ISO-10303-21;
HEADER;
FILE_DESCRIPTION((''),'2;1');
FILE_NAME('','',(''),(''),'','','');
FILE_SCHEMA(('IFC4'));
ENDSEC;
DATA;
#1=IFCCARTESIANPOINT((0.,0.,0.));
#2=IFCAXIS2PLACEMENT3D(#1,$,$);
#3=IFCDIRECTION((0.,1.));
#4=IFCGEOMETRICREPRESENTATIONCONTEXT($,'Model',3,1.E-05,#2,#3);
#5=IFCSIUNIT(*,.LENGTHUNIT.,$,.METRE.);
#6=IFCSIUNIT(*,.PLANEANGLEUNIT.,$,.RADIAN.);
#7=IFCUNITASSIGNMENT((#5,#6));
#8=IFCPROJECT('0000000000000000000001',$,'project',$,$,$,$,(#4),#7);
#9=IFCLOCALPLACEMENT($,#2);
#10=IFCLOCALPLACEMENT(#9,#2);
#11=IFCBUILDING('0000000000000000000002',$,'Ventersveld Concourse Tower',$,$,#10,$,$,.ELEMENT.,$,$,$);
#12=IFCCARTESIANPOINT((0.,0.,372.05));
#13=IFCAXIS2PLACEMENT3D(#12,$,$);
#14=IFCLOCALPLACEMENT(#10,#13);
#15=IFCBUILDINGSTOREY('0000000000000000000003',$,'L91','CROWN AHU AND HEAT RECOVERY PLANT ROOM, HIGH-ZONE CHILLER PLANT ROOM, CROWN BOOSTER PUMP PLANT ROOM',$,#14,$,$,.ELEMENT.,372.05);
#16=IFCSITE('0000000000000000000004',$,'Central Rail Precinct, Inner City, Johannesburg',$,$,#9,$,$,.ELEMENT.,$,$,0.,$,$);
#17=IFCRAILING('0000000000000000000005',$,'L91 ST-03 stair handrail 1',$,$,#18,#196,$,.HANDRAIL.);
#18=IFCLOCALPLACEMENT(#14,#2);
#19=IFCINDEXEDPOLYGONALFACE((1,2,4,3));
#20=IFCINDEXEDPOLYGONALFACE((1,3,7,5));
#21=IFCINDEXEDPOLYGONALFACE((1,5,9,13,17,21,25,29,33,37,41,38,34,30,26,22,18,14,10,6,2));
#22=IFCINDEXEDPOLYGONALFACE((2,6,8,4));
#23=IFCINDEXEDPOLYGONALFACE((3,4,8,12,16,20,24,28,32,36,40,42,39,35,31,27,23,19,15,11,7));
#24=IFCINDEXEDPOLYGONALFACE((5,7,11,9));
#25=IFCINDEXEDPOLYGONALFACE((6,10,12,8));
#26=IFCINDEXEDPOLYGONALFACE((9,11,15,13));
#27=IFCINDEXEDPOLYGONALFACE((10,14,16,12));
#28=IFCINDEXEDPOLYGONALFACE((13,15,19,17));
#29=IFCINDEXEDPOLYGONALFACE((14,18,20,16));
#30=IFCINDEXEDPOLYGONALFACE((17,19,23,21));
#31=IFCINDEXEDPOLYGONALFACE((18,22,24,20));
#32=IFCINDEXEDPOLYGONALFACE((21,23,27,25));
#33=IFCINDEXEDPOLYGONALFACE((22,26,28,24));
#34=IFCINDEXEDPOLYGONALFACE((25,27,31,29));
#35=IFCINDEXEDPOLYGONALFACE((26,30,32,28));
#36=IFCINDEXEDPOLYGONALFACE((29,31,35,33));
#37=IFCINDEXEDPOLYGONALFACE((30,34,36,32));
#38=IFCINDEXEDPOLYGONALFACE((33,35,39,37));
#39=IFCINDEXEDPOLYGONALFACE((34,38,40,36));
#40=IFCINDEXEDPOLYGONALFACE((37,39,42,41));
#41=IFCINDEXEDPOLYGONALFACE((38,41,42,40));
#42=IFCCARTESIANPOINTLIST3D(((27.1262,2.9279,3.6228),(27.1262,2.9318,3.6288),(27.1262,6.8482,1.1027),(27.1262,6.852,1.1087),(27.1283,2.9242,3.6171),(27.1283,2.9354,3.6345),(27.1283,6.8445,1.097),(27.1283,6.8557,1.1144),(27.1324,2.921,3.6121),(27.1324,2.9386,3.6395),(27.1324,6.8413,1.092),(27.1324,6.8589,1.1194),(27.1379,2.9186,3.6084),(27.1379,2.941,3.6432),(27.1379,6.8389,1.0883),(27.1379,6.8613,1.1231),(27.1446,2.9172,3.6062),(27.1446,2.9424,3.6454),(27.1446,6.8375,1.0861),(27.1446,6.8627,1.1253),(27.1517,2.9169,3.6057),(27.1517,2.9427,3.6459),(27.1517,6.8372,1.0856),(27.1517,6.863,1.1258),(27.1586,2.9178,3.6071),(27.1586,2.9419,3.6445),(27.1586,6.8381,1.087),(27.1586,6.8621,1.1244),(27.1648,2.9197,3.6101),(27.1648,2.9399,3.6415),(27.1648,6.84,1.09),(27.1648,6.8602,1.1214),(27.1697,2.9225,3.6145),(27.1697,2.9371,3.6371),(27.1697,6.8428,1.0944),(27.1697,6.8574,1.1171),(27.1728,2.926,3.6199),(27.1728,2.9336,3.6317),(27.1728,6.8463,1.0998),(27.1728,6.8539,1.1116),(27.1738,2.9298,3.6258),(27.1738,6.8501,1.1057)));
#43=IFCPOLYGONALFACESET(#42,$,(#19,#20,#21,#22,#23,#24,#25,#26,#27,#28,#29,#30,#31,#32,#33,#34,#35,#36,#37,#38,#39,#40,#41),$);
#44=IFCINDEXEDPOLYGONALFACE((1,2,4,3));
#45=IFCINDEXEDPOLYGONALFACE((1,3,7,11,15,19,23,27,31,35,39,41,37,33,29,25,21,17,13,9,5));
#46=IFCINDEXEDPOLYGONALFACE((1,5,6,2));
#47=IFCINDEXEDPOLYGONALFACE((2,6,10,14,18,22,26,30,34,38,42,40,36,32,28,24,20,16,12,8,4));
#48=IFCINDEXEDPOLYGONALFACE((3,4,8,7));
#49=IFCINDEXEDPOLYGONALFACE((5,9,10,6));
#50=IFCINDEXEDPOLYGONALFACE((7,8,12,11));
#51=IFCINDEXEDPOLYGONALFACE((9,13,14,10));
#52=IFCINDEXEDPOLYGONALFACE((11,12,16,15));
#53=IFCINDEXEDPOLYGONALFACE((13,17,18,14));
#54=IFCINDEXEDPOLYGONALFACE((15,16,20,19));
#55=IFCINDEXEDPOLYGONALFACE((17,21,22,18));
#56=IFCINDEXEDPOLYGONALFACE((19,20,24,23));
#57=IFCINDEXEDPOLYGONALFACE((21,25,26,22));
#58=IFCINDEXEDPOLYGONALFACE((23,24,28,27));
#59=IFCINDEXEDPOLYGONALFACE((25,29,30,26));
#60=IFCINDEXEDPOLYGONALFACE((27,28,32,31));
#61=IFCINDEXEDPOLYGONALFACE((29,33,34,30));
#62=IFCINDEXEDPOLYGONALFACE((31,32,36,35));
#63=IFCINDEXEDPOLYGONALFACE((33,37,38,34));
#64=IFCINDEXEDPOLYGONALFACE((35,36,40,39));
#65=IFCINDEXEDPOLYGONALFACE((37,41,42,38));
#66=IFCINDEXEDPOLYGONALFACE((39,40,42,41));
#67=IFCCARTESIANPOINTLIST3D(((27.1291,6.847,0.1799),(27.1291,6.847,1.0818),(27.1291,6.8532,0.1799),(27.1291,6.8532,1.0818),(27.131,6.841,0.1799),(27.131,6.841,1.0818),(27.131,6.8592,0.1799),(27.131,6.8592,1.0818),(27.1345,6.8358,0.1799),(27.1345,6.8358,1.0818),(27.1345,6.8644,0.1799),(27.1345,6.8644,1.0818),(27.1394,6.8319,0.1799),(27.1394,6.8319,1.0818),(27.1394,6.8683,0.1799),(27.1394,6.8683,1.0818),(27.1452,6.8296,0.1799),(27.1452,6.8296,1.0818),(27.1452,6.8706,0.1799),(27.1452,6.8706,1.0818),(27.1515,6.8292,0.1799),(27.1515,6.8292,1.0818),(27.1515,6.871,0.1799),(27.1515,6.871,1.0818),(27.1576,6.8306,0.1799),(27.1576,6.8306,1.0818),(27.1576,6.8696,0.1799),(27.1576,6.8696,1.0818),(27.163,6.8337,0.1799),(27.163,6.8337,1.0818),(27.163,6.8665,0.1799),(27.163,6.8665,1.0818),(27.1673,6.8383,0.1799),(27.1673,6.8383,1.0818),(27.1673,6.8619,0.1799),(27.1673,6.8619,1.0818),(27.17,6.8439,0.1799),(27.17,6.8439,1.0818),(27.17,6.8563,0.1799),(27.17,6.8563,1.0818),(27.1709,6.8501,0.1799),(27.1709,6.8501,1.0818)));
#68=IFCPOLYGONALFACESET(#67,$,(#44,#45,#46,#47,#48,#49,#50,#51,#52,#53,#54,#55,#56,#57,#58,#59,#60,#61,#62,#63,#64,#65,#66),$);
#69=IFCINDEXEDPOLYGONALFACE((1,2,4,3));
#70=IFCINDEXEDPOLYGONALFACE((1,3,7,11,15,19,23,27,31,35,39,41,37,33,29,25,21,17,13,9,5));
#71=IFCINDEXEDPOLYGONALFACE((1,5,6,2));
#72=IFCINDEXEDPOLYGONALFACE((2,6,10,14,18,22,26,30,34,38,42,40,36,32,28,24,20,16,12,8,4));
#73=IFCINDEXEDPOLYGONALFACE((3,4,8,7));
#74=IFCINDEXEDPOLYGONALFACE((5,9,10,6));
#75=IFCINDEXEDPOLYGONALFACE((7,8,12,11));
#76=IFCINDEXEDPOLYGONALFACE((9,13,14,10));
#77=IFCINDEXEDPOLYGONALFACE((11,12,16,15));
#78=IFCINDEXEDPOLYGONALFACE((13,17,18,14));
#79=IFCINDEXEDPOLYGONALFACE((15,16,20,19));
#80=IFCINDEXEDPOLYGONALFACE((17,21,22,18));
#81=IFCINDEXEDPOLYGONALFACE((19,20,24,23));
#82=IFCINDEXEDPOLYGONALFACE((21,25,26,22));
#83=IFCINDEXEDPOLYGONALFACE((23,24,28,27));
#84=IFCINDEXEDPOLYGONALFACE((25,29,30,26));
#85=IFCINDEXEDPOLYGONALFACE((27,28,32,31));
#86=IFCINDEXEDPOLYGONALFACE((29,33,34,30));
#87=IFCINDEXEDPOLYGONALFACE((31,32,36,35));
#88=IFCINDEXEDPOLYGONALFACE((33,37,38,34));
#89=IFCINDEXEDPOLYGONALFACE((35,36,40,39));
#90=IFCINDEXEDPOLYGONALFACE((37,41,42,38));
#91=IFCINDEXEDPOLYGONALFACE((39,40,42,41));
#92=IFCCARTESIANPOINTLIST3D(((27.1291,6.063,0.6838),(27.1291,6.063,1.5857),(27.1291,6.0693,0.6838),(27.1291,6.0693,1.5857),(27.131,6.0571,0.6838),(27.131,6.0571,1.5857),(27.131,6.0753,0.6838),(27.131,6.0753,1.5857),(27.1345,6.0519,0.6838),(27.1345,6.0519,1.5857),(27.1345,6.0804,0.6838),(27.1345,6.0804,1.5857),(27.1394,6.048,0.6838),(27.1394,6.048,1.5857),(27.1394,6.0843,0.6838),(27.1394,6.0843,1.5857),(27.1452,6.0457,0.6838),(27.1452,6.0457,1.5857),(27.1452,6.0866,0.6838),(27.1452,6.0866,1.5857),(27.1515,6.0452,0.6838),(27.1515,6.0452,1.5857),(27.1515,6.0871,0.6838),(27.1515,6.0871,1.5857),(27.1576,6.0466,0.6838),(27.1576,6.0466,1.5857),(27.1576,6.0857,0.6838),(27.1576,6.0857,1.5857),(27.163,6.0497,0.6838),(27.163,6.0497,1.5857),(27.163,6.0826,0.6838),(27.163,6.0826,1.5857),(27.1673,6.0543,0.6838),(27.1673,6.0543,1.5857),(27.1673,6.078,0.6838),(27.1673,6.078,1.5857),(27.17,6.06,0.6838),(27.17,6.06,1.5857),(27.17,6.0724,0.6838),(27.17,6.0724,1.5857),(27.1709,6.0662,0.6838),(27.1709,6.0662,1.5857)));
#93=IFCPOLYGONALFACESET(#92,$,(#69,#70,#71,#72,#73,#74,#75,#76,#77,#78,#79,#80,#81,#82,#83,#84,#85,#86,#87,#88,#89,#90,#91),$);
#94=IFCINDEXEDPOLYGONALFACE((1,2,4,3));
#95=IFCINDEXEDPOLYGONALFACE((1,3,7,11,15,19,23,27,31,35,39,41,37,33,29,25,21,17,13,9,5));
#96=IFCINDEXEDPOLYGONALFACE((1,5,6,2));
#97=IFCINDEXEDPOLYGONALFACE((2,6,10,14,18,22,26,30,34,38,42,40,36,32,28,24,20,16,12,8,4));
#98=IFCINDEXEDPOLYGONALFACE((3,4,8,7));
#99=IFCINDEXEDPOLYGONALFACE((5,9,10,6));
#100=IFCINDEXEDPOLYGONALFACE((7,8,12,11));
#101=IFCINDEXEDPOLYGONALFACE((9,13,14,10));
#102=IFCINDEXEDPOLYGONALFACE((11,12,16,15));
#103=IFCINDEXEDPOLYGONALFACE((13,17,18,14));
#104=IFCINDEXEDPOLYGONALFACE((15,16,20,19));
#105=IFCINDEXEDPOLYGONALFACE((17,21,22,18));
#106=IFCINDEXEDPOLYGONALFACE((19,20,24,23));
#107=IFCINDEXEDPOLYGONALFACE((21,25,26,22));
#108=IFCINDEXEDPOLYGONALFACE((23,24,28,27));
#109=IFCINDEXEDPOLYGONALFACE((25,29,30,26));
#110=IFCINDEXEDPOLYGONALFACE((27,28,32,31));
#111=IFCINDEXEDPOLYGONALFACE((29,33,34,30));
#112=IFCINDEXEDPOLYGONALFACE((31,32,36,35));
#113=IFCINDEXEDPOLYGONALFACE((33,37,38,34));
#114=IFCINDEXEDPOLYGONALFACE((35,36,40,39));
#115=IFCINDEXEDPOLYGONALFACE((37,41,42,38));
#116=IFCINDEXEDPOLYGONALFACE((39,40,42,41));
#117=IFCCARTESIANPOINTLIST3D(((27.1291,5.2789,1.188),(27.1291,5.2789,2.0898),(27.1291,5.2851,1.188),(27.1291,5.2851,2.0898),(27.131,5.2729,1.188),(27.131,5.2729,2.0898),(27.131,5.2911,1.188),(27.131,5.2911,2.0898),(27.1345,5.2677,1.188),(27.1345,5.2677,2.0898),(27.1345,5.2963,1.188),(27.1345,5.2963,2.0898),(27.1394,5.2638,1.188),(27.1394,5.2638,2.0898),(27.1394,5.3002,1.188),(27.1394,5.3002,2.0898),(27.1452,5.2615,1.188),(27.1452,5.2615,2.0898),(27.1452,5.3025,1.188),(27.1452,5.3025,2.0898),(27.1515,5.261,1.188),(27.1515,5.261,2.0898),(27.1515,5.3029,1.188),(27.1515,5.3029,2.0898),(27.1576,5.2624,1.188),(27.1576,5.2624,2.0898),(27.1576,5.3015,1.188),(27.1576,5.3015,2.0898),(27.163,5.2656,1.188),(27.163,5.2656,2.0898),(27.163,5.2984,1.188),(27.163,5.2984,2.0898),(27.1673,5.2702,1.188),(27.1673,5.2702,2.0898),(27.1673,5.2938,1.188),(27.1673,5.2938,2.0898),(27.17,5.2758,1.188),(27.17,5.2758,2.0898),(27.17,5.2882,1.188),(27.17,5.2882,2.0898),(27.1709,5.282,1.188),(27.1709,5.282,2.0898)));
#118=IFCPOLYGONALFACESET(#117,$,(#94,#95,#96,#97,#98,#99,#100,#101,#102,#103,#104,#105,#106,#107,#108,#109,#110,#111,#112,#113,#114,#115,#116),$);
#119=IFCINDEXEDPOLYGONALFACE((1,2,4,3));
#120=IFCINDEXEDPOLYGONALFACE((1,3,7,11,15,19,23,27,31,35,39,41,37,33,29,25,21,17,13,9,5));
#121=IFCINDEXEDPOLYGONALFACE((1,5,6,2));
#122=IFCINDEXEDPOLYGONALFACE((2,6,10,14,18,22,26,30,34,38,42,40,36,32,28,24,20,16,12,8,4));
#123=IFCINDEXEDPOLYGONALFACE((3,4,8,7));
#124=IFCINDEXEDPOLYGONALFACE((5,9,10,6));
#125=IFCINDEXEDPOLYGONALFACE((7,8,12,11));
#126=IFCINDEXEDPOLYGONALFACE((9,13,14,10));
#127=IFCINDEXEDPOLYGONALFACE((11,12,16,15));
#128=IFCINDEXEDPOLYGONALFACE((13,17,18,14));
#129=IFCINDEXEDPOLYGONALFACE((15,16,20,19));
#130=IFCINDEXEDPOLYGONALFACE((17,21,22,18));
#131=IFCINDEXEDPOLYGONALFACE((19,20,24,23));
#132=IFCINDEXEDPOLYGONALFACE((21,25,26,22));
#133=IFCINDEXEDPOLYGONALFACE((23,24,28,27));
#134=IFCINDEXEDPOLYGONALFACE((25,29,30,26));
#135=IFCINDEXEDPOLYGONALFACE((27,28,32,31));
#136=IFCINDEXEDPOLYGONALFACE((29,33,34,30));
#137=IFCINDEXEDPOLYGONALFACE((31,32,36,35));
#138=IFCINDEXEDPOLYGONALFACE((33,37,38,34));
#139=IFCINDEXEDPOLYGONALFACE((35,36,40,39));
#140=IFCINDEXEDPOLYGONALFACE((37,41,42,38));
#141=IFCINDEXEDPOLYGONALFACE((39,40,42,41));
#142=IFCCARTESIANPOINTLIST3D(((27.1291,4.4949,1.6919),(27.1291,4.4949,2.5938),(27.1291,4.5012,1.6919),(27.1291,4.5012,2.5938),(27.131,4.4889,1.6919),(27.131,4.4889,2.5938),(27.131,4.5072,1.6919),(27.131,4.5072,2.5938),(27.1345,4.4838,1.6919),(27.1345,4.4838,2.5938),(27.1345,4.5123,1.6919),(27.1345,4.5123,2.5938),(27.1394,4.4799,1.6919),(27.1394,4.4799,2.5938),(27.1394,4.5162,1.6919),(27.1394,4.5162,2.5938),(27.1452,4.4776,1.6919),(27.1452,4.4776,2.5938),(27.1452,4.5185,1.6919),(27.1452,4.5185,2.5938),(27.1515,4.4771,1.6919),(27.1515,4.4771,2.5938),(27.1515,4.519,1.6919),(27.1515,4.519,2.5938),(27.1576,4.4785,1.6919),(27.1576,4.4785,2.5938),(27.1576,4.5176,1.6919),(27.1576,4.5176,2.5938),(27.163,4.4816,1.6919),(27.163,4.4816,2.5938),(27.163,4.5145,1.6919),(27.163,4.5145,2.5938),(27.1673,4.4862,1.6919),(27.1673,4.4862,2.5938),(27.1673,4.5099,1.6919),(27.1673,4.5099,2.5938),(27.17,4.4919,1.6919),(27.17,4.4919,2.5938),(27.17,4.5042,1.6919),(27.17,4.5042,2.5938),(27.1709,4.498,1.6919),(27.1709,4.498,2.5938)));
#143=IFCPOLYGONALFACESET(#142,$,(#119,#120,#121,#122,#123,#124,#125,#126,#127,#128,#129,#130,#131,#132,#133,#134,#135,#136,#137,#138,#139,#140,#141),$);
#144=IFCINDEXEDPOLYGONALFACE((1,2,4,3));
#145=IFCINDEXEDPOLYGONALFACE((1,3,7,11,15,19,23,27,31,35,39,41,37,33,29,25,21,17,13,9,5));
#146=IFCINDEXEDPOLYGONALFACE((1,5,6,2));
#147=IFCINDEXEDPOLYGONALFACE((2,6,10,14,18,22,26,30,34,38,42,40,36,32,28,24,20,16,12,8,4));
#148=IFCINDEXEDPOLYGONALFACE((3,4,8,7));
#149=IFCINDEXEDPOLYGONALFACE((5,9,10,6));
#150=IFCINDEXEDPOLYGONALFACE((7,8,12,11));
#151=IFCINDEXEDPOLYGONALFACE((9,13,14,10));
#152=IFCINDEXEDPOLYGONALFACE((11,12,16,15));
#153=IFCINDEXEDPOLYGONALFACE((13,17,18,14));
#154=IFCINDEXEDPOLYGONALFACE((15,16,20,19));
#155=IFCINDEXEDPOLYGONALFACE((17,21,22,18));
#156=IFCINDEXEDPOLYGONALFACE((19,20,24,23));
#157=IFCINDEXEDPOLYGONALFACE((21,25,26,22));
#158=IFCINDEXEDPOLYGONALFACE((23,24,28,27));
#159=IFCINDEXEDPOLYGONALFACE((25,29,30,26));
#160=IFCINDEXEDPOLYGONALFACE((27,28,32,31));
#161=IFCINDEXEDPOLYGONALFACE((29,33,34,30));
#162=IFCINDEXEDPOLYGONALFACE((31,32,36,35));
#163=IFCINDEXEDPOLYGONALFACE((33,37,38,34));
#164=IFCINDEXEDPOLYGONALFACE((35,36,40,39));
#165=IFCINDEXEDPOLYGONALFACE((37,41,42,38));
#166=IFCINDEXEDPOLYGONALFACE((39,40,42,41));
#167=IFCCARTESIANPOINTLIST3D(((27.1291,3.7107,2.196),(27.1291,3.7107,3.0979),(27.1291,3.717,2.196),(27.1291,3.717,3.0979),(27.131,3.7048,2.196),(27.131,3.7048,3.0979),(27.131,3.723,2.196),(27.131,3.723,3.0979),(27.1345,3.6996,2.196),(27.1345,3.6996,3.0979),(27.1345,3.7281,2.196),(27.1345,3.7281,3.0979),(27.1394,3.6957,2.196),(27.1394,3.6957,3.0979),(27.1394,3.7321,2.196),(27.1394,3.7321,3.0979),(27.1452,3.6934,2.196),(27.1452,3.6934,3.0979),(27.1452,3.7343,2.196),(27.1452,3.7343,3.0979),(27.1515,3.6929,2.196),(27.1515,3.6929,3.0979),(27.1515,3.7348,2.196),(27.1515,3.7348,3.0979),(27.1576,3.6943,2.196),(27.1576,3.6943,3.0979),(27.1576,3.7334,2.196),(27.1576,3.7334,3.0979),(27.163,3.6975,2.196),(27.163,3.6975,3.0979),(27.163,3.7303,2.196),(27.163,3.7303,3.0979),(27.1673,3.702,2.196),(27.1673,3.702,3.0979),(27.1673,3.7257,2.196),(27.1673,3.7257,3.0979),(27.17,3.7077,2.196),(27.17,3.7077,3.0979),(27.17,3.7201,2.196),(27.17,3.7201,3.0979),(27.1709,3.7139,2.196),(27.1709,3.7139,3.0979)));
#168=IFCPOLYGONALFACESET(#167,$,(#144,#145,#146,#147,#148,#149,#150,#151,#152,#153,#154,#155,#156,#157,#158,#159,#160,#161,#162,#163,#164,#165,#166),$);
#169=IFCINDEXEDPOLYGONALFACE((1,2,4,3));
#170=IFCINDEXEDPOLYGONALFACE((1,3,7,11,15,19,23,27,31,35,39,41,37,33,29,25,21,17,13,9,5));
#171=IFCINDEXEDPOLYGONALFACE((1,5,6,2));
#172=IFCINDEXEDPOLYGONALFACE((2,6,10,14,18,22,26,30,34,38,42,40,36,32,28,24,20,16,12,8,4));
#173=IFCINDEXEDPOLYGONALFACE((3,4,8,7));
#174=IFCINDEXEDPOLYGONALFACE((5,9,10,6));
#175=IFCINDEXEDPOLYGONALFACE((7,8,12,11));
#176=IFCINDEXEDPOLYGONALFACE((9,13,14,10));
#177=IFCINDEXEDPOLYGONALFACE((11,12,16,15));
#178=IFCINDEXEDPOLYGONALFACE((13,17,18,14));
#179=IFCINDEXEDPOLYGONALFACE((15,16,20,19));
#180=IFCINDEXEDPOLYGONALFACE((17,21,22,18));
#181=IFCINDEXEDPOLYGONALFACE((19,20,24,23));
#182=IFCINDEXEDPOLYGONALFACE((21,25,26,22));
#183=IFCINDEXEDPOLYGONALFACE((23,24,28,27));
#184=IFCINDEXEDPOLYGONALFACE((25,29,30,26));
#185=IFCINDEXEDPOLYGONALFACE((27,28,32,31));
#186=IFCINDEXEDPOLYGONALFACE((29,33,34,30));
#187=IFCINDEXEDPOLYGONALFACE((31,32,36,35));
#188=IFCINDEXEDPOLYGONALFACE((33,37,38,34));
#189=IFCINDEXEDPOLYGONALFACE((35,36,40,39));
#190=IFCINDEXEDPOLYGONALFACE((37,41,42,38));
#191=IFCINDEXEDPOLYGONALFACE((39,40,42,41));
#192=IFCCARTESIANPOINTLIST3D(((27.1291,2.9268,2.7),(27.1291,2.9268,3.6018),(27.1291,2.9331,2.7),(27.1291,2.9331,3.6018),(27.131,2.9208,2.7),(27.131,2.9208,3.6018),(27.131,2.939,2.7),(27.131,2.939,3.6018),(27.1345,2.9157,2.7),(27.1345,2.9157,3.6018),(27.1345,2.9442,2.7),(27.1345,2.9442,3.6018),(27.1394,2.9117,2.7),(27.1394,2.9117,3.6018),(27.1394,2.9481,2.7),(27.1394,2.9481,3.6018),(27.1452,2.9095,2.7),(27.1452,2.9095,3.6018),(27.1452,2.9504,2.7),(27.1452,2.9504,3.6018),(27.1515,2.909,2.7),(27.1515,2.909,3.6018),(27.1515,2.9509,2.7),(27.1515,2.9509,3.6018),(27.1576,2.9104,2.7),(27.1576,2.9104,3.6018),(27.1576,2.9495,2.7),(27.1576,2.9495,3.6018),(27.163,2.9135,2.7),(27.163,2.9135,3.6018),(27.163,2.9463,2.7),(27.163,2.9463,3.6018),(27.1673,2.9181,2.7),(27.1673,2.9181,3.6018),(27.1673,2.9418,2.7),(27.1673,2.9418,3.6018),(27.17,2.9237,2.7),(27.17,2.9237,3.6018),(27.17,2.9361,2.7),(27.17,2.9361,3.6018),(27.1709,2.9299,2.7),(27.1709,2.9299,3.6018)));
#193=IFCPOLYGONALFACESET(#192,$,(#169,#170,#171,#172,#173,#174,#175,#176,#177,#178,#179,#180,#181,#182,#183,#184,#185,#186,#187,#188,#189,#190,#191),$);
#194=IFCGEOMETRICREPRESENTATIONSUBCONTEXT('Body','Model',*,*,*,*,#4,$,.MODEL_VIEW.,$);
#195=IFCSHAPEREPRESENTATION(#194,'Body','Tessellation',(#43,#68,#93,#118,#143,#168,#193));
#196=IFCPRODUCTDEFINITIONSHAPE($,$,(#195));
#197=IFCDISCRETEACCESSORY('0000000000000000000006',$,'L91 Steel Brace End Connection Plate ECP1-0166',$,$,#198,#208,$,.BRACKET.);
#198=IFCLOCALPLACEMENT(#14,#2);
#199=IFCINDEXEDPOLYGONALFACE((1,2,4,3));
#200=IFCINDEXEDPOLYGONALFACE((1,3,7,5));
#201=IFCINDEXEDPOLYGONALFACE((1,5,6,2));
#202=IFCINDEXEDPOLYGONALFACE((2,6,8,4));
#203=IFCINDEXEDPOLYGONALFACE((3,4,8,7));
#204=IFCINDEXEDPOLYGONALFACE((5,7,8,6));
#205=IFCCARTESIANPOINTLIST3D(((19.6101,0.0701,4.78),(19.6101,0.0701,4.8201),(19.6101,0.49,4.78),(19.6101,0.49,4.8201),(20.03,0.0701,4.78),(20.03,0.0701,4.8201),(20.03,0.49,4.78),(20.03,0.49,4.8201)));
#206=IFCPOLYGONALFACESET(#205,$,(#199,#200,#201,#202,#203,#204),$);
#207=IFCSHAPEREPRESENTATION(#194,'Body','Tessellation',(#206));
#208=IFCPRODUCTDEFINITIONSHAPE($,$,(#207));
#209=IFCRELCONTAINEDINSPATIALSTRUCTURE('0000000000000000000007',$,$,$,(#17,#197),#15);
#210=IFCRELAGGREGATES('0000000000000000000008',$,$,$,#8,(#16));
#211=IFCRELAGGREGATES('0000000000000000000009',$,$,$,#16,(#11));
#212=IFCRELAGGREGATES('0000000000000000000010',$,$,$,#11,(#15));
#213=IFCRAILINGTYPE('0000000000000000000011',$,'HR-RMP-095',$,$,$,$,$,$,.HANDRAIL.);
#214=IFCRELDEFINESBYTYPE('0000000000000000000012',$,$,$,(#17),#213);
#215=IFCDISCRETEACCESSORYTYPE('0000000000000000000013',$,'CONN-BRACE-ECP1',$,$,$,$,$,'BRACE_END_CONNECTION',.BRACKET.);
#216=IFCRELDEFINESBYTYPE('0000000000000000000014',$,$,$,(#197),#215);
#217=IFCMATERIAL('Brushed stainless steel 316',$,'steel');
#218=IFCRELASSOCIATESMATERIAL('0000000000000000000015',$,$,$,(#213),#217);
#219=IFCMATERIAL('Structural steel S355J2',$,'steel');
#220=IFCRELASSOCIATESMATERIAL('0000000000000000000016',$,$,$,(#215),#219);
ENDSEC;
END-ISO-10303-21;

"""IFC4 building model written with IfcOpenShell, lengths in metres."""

from ifc_helpers import new_model, si_unit, direction, frame, origin, origin_2d, place, context, subcontext, project, spatial, rectangle, circle, extrude, material, type_object, element, save


model = new_model("IFC4")

# Units and contexts
model_context = context("Model", 3, precision=1e-05, world=origin(), true_north=direction((0.0, 1.0)))
body_context = subcontext(model_context, "Body", "Model", "MODEL_VIEW")
ifc_project = project(units=[si_unit("LENGTHUNIT", "METRE"), si_unit("PLANEANGLEUNIT", "RADIAN")], contexts=[model_context])

# Site, building, storey
site_placement = place(None, origin())
site = spatial("IfcSite", under=ifc_project, at=site_placement, Name="Central Rail Precinct, Inner City, Johannesburg", CompositionType="ELEMENT", RefElevation=0.0)
building_placement = place(site_placement, origin())
building = spatial("IfcBuilding", under=site, at=building_placement, Name="Ventersveld Concourse Tower", CompositionType="ELEMENT")
storey_placement = place(building_placement, frame((0.0, 0.0, 372.05)))
storey = spatial("IfcBuildingStorey", under=building, at=storey_placement, Name="L91", Description="CROWN AHU AND HEAT RECOVERY PLANT ROOM, HIGH-ZONE CHILLER PLANT ROOM, CROWN BOOSTER PUMP PLANT ROOM", CompositionType="ELEMENT", Elevation=372.05)

# Shared definitions
ifc_material_1 = material(Name="Structural steel S355J2", Category="steel")

# Shared definitions
ifc_material_2 = material(Name="Brushed stainless steel 316", Category="steel")

# Railing
railing_type_1 = type_object("IfcRailingType", Name="HR-RMP-095", PredefinedType="HANDRAIL", material=ifc_material_2)
railing_1_placement = place(storey_placement, frame((27.1499, 6.8501, 0.1799)))
element("IfcRailing", 1, at=railing_1_placement, inside=storey, type_object=railing_type_1, Name="L91 ST-03 stair handrail 1", PredefinedType="HANDRAIL", context=body_context, shape_type="SweptSolid", body=[
    extrude(circle(Radius=0.0239, at=origin_2d()), frame((0.0, 0.0, 0.9258), z_axis=(0.0, -0.841187, 0.540744), x_axis=(1.0, 0.0, 0.0)), (0.0, 0.0, 1.0), 4.6604),
    extrude(circle(Radius=0.021, at=origin_2d()), origin(), (0.0, 0.0, 1.0), 0.9019),
    extrude(circle(Radius=0.021, at=origin_2d()), frame((0.0, -0.7839, 0.5039)), (0.0, 0.0, 1.0), 0.9019),
    extrude(circle(Radius=0.021, at=origin_2d()), frame((0.0, -1.5681, 1.0081)), (0.0, 0.0, 1.0), 0.9019),
    extrude(circle(Radius=0.021, at=origin_2d()), frame((0.0, -2.3521, 1.512)), (0.0, 0.0, 1.0), 0.9019),
    extrude(circle(Radius=0.021, at=origin_2d()), frame((0.0, -3.1362, 2.0161)), (0.0, 0.0, 1.0), 0.9019),
    extrude(circle(Radius=0.021, at=origin_2d()), frame((0.0, -3.9202, 2.52)), (0.0, 0.0, 1.0), 0.9019),
])

# Discrete accessory
discrete_accessory_type = type_object("IfcDiscreteAccessoryType", Name="CONN-BRACE-ECP1", ElementType="BRACE_END_CONNECTION", PredefinedType="BRACKET", material=ifc_material_1)
discrete_accessory_placement = place(storey_placement, frame((19.8201, 0.28, 4.78), z_axis=(0.0, 0.0, 1.0), x_axis=(1.0, 0.0, 0.0)))
element("IfcDiscreteAccessory", 2, at=discrete_accessory_placement, inside=storey, type_object=discrete_accessory_type, Name="L91 Steel Brace End Connection Plate ECP1-0166", PredefinedType="BRACKET", context=body_context, shape_type="SweptSolid", body=[
    extrude(rectangle(XDim=0.4199, YDim=0.4199, at=origin_2d()), origin(), (0.0, 0.0, 1.0), 0.04),
])

save(model, "model.ifc")
